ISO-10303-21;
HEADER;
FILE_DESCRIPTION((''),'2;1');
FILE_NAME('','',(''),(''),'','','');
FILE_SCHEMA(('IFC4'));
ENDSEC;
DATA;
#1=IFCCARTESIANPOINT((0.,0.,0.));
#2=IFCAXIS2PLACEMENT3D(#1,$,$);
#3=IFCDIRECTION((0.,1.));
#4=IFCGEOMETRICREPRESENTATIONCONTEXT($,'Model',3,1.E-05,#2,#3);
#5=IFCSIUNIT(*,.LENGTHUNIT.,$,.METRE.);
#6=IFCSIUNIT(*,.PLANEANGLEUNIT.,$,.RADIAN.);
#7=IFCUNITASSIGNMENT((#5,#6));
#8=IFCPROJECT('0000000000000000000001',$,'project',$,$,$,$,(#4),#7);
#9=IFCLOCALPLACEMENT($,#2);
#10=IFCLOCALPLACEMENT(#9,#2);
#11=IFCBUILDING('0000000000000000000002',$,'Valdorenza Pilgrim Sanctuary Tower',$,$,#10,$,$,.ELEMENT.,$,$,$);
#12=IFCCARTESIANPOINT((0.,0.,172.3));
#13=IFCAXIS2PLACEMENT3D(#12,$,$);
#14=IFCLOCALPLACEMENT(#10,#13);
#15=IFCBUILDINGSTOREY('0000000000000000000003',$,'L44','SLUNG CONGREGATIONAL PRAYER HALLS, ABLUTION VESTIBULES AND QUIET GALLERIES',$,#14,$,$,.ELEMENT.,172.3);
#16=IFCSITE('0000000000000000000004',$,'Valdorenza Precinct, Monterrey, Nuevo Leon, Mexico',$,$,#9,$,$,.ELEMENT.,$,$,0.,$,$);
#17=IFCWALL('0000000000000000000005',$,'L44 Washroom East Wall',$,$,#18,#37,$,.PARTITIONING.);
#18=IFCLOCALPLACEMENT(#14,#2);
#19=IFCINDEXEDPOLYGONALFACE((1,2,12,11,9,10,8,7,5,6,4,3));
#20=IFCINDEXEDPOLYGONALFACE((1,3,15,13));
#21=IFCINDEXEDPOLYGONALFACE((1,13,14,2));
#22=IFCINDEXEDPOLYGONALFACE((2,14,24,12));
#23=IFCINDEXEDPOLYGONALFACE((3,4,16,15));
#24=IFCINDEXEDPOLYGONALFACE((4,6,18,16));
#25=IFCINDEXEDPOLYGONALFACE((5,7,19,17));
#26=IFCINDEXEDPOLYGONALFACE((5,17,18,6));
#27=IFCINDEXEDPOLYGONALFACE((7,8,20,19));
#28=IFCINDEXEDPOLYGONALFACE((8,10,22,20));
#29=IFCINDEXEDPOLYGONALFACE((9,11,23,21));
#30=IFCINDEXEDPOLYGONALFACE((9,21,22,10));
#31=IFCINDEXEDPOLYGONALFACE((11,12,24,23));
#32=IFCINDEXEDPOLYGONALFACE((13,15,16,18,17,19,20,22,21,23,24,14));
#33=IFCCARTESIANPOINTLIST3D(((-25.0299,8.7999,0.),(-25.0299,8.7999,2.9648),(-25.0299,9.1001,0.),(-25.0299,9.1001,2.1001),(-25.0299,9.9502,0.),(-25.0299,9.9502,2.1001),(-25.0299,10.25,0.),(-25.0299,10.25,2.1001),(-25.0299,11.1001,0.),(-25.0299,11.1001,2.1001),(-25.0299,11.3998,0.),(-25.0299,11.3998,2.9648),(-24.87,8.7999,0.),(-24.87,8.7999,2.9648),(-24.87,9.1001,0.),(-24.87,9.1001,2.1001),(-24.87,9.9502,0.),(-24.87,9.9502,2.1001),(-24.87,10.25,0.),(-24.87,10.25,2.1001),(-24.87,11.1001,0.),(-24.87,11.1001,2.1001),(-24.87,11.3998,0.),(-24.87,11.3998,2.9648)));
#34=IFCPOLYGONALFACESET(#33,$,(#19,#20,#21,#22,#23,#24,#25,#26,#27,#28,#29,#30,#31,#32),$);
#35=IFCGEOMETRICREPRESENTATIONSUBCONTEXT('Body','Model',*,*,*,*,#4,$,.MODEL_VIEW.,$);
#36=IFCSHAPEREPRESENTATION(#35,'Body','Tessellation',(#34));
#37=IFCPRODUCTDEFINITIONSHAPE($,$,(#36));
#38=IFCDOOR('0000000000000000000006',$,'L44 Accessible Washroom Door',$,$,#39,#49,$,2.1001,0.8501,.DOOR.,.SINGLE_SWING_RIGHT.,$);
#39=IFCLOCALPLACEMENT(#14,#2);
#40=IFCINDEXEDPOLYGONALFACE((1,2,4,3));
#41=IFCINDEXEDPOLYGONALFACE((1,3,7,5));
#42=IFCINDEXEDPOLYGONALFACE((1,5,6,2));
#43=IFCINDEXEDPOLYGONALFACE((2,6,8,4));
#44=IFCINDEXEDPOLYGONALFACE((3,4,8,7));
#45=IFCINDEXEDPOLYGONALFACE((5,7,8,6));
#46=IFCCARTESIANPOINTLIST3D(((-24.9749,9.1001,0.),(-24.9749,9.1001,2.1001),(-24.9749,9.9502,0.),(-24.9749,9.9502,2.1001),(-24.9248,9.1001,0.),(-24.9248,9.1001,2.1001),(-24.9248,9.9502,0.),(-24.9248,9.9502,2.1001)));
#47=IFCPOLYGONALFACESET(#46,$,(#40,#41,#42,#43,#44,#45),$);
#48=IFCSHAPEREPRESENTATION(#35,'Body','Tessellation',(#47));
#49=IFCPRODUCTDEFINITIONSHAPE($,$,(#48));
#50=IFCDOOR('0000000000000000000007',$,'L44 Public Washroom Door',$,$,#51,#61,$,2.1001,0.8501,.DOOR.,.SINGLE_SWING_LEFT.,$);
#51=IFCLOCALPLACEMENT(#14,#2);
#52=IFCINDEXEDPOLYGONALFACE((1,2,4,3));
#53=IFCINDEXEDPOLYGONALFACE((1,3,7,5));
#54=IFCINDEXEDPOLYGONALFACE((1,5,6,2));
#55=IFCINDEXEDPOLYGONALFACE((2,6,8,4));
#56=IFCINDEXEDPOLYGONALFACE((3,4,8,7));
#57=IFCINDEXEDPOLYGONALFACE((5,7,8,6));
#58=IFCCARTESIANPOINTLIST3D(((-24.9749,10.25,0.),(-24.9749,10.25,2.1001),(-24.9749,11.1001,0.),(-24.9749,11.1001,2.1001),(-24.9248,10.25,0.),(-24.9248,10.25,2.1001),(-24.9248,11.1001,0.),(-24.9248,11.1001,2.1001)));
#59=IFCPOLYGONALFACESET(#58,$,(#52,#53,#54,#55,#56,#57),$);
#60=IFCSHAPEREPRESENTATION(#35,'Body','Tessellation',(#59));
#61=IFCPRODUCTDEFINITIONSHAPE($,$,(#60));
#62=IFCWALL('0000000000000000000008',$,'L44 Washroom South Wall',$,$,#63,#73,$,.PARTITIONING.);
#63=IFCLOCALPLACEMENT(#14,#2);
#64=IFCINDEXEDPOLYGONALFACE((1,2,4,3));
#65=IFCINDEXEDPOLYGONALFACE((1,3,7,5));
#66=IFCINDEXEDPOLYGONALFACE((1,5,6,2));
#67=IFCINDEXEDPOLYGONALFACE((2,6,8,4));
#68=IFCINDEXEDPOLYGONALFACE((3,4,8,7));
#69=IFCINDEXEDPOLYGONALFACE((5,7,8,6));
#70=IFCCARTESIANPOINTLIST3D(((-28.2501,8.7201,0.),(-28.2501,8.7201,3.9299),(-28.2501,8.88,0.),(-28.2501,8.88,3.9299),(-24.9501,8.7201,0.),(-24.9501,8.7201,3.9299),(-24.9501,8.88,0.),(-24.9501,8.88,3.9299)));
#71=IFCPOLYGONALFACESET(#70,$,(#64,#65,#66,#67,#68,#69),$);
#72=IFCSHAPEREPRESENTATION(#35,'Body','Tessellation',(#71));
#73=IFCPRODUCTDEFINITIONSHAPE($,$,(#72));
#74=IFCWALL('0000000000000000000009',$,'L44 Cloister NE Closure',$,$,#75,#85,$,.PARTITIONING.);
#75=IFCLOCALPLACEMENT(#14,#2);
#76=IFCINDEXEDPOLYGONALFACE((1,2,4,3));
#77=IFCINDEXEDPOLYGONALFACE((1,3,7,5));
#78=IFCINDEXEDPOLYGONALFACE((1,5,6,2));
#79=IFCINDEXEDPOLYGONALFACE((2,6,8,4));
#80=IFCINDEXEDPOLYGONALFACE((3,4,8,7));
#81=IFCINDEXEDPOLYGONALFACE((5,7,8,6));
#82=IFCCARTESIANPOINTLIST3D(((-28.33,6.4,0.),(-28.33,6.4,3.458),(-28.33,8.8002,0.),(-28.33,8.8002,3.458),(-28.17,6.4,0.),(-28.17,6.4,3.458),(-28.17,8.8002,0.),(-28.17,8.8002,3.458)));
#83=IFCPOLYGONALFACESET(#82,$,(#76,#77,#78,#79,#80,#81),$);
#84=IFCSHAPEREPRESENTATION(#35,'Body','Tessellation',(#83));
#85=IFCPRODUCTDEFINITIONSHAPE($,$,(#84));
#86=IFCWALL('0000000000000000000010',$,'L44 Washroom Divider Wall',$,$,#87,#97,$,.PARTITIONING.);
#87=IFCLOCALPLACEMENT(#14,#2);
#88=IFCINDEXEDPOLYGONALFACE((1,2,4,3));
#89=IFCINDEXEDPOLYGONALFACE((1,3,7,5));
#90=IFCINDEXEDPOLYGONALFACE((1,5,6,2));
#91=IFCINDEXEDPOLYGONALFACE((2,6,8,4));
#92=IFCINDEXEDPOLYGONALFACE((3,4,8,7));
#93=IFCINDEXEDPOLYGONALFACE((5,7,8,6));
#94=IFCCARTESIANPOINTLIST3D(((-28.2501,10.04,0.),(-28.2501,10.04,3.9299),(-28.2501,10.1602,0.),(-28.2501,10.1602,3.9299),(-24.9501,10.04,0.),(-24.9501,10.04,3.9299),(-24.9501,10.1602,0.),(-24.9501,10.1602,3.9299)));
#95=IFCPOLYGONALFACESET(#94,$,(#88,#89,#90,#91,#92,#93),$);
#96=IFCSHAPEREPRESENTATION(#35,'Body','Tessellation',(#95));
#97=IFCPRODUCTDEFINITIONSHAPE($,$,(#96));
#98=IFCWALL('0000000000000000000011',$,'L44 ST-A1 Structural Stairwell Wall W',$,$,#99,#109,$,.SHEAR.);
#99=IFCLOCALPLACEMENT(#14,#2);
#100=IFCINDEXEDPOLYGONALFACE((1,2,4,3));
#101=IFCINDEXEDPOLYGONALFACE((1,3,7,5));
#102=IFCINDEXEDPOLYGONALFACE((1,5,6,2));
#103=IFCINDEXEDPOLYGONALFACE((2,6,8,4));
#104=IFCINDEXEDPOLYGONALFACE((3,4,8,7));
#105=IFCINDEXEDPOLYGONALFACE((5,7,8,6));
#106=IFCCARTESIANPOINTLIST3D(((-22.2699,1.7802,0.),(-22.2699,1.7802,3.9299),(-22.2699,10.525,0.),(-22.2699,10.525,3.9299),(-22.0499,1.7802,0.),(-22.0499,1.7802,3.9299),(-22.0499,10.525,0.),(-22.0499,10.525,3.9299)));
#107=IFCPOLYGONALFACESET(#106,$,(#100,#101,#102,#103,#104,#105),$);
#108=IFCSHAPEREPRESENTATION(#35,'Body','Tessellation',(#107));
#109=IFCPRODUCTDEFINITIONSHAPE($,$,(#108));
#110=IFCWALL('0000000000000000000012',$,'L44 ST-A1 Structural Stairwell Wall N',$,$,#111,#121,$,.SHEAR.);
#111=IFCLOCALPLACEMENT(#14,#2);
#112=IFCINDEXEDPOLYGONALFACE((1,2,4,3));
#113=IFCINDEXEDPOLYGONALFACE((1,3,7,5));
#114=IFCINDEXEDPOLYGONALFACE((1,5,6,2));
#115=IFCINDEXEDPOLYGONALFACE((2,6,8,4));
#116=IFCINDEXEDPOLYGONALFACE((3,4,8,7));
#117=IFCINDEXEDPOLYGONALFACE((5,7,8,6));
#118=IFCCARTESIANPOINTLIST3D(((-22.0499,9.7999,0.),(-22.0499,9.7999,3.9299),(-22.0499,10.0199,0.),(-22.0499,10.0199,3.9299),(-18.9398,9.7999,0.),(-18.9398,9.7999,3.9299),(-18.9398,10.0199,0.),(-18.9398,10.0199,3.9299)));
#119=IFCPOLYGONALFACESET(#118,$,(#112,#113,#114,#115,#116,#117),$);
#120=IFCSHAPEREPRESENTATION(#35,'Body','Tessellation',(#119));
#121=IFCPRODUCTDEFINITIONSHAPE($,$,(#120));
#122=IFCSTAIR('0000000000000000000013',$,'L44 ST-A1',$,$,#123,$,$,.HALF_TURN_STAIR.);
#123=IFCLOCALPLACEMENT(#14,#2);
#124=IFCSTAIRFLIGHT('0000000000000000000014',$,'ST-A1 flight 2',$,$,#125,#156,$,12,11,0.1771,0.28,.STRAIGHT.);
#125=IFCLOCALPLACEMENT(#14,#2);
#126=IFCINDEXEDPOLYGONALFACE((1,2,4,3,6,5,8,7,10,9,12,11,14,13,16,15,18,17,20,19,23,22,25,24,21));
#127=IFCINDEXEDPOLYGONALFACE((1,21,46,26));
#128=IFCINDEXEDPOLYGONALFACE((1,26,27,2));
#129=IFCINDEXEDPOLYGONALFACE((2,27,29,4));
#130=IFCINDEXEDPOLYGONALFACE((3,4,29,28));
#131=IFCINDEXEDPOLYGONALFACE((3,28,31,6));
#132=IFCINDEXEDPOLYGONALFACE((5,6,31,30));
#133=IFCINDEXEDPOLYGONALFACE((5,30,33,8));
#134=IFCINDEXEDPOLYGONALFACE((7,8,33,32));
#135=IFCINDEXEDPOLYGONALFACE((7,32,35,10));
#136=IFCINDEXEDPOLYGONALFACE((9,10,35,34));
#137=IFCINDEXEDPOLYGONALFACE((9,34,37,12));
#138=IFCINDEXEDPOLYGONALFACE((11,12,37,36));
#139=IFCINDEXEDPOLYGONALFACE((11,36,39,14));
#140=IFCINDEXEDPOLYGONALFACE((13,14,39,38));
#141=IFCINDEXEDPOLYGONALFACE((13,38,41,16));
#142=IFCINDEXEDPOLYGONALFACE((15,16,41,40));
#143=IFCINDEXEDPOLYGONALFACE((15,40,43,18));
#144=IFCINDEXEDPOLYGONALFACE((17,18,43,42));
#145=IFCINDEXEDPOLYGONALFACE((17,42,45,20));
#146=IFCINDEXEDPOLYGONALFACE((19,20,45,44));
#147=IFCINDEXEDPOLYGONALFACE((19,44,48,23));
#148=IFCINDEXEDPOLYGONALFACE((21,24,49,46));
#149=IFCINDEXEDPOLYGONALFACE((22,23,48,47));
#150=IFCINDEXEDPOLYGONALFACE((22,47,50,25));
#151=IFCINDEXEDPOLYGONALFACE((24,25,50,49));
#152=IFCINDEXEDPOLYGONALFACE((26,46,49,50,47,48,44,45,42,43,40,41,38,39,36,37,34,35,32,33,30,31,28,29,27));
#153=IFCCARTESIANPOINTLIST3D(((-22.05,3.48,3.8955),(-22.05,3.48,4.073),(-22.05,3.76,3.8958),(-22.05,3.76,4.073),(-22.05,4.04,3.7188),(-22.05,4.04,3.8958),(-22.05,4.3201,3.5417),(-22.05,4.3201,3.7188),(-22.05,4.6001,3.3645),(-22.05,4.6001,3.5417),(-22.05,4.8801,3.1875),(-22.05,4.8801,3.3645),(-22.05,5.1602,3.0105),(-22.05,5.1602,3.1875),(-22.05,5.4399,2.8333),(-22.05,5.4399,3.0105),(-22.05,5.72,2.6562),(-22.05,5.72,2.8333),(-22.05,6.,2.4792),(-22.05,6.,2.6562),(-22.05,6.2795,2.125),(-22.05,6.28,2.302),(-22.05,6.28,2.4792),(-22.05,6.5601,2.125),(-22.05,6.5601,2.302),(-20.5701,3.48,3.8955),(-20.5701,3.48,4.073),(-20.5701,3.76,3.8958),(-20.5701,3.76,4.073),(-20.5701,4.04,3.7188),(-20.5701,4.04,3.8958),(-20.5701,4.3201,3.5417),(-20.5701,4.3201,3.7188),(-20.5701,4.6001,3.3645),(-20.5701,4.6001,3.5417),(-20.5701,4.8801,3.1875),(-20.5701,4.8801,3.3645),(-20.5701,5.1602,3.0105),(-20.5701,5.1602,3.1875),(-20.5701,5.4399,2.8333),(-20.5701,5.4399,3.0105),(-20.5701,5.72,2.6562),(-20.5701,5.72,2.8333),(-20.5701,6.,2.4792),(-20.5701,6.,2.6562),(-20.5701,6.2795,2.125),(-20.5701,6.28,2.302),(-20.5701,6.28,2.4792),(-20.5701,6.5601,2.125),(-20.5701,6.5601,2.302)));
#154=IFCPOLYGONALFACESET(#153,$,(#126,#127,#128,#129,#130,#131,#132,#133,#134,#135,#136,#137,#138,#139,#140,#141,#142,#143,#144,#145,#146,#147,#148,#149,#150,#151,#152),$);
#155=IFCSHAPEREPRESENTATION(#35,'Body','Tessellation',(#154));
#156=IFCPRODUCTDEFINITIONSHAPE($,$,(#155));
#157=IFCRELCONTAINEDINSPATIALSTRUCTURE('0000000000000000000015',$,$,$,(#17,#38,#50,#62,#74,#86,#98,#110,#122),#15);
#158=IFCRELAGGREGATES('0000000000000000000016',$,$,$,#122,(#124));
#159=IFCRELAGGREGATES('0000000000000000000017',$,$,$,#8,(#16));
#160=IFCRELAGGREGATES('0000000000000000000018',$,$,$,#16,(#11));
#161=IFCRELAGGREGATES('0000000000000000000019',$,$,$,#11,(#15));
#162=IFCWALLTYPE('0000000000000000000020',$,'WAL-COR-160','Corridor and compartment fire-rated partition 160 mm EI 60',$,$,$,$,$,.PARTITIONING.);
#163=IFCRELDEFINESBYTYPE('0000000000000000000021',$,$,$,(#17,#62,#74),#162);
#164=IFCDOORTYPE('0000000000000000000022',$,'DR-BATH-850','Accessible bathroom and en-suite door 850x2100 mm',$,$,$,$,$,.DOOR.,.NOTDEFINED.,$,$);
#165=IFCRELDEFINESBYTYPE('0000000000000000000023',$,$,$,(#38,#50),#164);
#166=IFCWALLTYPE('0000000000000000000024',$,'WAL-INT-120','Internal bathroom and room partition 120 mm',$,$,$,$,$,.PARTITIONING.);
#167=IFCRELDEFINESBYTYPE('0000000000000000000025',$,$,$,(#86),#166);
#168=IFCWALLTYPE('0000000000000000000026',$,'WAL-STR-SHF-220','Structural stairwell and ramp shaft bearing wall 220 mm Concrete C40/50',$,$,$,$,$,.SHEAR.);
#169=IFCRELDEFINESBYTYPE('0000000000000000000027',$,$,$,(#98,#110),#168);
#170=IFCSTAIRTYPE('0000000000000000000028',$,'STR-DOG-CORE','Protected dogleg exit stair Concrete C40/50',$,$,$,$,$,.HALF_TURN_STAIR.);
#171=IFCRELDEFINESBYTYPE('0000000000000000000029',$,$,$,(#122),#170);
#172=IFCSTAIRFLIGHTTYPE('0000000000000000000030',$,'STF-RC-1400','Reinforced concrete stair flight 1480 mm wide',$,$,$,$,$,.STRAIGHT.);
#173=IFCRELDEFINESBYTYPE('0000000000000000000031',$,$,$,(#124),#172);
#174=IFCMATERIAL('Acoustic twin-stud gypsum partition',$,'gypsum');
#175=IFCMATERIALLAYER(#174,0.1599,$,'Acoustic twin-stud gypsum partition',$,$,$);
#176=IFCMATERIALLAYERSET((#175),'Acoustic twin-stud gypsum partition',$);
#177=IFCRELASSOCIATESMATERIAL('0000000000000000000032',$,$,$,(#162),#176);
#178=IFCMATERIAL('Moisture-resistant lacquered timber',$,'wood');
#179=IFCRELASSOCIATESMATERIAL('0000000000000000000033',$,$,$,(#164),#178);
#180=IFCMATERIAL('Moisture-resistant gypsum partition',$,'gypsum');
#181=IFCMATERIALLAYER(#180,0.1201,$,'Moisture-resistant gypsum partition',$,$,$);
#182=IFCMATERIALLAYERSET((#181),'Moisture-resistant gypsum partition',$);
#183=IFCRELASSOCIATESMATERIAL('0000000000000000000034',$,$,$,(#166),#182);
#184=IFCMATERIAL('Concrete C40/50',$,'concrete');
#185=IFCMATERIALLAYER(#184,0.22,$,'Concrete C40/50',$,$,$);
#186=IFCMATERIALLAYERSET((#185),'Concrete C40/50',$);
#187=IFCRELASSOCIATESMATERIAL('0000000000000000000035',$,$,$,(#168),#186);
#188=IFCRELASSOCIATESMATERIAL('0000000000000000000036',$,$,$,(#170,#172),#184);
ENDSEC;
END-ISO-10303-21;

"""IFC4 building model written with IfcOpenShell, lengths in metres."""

from ifc_helpers import new_model, si_unit, direction, frame, frame_2d, origin, place, context, subcontext, project, spatial, polyline, rectangle, outline, extrude, material, layer, layer_set, type_object, element, fill, aggregate, save


model = new_model("IFC4")

# Units and contexts
model_context = context("Model", 3, precision=1e-05, world=origin(), true_north=direction((0.0, 1.0)))
body_context = subcontext(model_context, "Body", "Model", "MODEL_VIEW")
ifc_project = project(units=[si_unit("LENGTHUNIT", "METRE"), si_unit("PLANEANGLEUNIT", "RADIAN")], contexts=[model_context])

# Site, building, storey
site_placement = place(None, origin())
site = spatial("IfcSite", under=ifc_project, at=site_placement, Name="Valdorenza Precinct, Monterrey, Nuevo Leon, Mexico", CompositionType="ELEMENT", RefElevation=0.0)
building_placement = place(site_placement, origin())
building = spatial("IfcBuilding", under=site, at=building_placement, Name="Valdorenza Pilgrim Sanctuary Tower", CompositionType="ELEMENT")
storey_placement = place(building_placement, frame((0.0, 0.0, 172.3)))
storey = spatial("IfcBuildingStorey", under=building, at=storey_placement, Name="L44", Description="SLUNG CONGREGATIONAL PRAYER HALLS, ABLUTION VESTIBULES AND QUIET GALLERIES", CompositionType="ELEMENT", Elevation=172.3)

# Shared definitions
ifc_material_1 = material(Name="Acoustic twin-stud gypsum partition", Category="gypsum")
ifc_layer_1 = layer(ifc_material_1, 0.1599, Name="Acoustic twin-stud gypsum partition")
ifc_layer_set_1 = layer_set([ifc_layer_1], Name="Acoustic twin-stud gypsum partition")
wall_type_1 = type_object("IfcWallType", Name="WAL-COR-160", Description="Corridor and compartment fire-rated partition 160 mm EI 60", PredefinedType="PARTITIONING", material=ifc_layer_set_1)

# Wall, openings, doors
wall_1_placement = place(storey_placement, frame((-24.95, 8.8, 0.0), z_axis=(0.0, 0.0, 1.0), x_axis=(0.0, 1.0, 0.0)))
wall_1 = element("IfcWall", 1, at=wall_1_placement, inside=storey, type_object=wall_type_1, Name="L44 Washroom East Wall", PredefinedType="PARTITIONING", context=body_context, shape_type="SweptSolid", body=[
    extrude(rectangle(XDim=2.5999, YDim=0.1599, at=frame_2d((1.2998, 0.0))), origin(), (0.0, 0.0, 1.0), 2.9648),
])
opening_1_placement = place(wall_1_placement, frame((0.3, 0.0, 0.0)))
opening_1 = element("IfcOpeningElement", 2, at=opening_1_placement, cuts=wall_1, PredefinedType="OPENING", context=body_context, shape_type="SweptSolid", body=[
    extrude(rectangle(XDim=0.8501, YDim=2.1001, at=frame_2d((0.425, 1.05))), frame((0.0, 0.0947, 0.0), z_axis=(0.0, -1.0, 0.0), x_axis=(1.0, 0.0, 0.0)), (0.0, 0.0, 1.0), 0.1897),
])
opening_2_placement = place(wall_1_placement, frame((1.45, 0.0, 0.0)))
opening_2 = element("IfcOpeningElement", 3, at=opening_2_placement, cuts=wall_1, PredefinedType="OPENING", context=body_context, shape_type="SweptSolid", body=[
    extrude(rectangle(XDim=0.8501, YDim=2.1001, at=frame_2d((0.425, 1.05))), frame((0.0, 0.0947, 0.0), z_axis=(0.0, -1.0, 0.0), x_axis=(1.0, 0.0, 0.0)), (0.0, 0.0, 1.0), 0.1897),
])
ifc_material_2 = material(Name="Moisture-resistant lacquered timber", Category="wood")
door_type_1 = type_object("IfcDoorType", Name="DR-BATH-850", Description="Accessible bathroom and en-suite door 850x2100 mm", OperationType="NOTDEFINED", PredefinedType="DOOR", material=ifc_material_2)
door_1_placement = place(opening_1_placement, origin())
door_1 = element("IfcDoor", 4, at=door_1_placement, inside=storey, type_object=door_type_1, Name="L44 Accessible Washroom Door", OperationType="SINGLE_SWING_RIGHT", OverallHeight=2.1001, OverallWidth=0.8501, PredefinedType="DOOR", context=body_context, shape_type="SweptSolid", body=[
    extrude(rectangle(XDim=0.8501, YDim=2.1001, at=frame_2d((0.425, 1.05))), frame((0.0, 0.0249, 0.0), z_axis=(0.0, -1.0, 0.0), x_axis=(1.0, 0.0, 0.0)), (0.0, 0.0, 1.0), 0.05),
])
fill(opening_1, door_1)
door_2_placement = place(opening_2_placement, origin())
door_2 = element("IfcDoor", 5, at=door_2_placement, inside=storey, type_object=door_type_1, Name="L44 Public Washroom Door", OperationType="SINGLE_SWING_LEFT", OverallHeight=2.1001, OverallWidth=0.8501, PredefinedType="DOOR", context=body_context, shape_type="SweptSolid", body=[
    extrude(rectangle(XDim=0.8501, YDim=2.1001, at=frame_2d((0.425, 1.05))), frame((0.0, 0.0249, 0.0), z_axis=(0.0, -1.0, 0.0), x_axis=(1.0, 0.0, 0.0)), (0.0, 0.0, 1.0), 0.05),
])
fill(opening_2, door_2)

# Walls
wall_2_placement = place(storey_placement, frame((-28.25, 8.8, 0.0), z_axis=(0.0, 0.0, 1.0), x_axis=(1.0, 0.0, 0.0)))
element("IfcWall", 6, at=wall_2_placement, inside=storey, type_object=wall_type_1, Name="L44 Washroom South Wall", PredefinedType="PARTITIONING", context=body_context, shape_type="SweptSolid", body=[
    extrude(rectangle(XDim=3.3, YDim=0.1599, at=frame_2d((1.6499, 0.0))), origin(), (0.0, 0.0, 1.0), 3.9299),
])
wall_3_placement = place(storey_placement, frame((-28.25, 6.3999, 0.0), z_axis=(0.0, 0.0, 1.0), x_axis=(0.0, 1.0, 0.0)))
element("IfcWall", 7, at=wall_3_placement, inside=storey, type_object=wall_type_1, Name="L44 Cloister NE Closure", PredefinedType="PARTITIONING", context=body_context, shape_type="SweptSolid", body=[
    extrude(rectangle(XDim=2.4001, YDim=0.1599, at=frame_2d((1.2002, 0.0))), origin(), (0.0, 0.0, 1.0), 3.458),
])
ifc_material_3 = material(Name="Moisture-resistant gypsum partition", Category="gypsum")
ifc_layer_2 = layer(ifc_material_3, 0.1201, Name="Moisture-resistant gypsum partition")
ifc_layer_set_2 = layer_set([ifc_layer_2], Name="Moisture-resistant gypsum partition")
wall_type_2 = type_object("IfcWallType", Name="WAL-INT-120", Description="Internal bathroom and room partition 120 mm", PredefinedType="PARTITIONING", material=ifc_layer_set_2)
wall_4_placement = place(storey_placement, frame((-28.25, 10.1001, 0.0), z_axis=(0.0, 0.0, 1.0), x_axis=(1.0, 0.0, 0.0)))
element("IfcWall", 8, at=wall_4_placement, inside=storey, type_object=wall_type_2, Name="L44 Washroom Divider Wall", PredefinedType="PARTITIONING", context=body_context, shape_type="SweptSolid", body=[
    extrude(rectangle(XDim=3.3, YDim=0.1201, at=frame_2d((1.6499, 0.0))), origin(), (0.0, 0.0, 1.0), 3.9299),
])
ifc_material_4 = material(Name="Concrete C40/50", Category="concrete")
ifc_layer_3 = layer(ifc_material_4, 0.22, Name="Concrete C40/50")
ifc_layer_set_3 = layer_set([ifc_layer_3], Name="Concrete C40/50")
wall_type_3 = type_object("IfcWallType", Name="WAL-STR-SHF-220", Description="Structural stairwell and ramp shaft bearing wall 220 mm Concrete C40/50", PredefinedType="SHEAR", material=ifc_layer_set_3)
wall_5_placement = place(storey_placement, frame((-22.1599, 1.78, 0.0), z_axis=(0.0, 0.0, 1.0), x_axis=(0.0, 1.0, 0.0)))
element("IfcWall", 9, at=wall_5_placement, inside=storey, type_object=wall_type_3, Name="L44 ST-A1 Structural Stairwell Wall W", PredefinedType="SHEAR", context=body_context, shape_type="SweptSolid", body=[
    extrude(rectangle(XDim=8.7449, YDim=0.22, at=frame_2d((4.3726, 0.0))), origin(), (0.0, 0.0, 1.0), 3.9299),
])

# Wall
wall_6_placement = place(storey_placement, frame((-22.05, 9.9099, 0.0), z_axis=(0.0, 0.0, 1.0), x_axis=(1.0, 0.0, 0.0)))
element("IfcWall", 10, at=wall_6_placement, inside=storey, type_object=wall_type_3, Name="L44 ST-A1 Structural Stairwell Wall N", PredefinedType="SHEAR", context=body_context, shape_type="SweptSolid", body=[
    extrude(rectangle(XDim=3.1101, YDim=0.22, at=frame_2d((1.5552, 0.0))), origin(), (0.0, 0.0, 1.0), 3.9299),
])

# Stair, stair flight
stair_type = type_object("IfcStairType", Name="STR-DOG-CORE", Description="Protected dogleg exit stair Concrete C40/50", PredefinedType="HALF_TURN_STAIR", material=ifc_material_4)
stair_placement = place(storey_placement, origin())
stair = element("IfcStair", 11, at=stair_placement, inside=storey, type_object=stair_type, Name="L44 ST-A1", PredefinedType="HALF_TURN_STAIR")
stair_flight_type = type_object("IfcStairFlightType", Name="STF-RC-1400", Description="Reinforced concrete stair flight 1480 mm wide", PredefinedType="STRAIGHT", material=ifc_material_4)
stair_flight_placement = place(storey_placement, frame((-21.3101, 6.5601, 2.125), z_axis=(0.0, 0.0, 1.0), x_axis=(0.0, -1.0, 0.0)))
stair_flight = element("IfcStairFlight", 12, at=stair_flight_placement, type_object=stair_flight_type, Name="ST-A1 flight 2", NumberOfRisers=12, NumberOfTreads=11, PredefinedType="STRAIGHT", RiserHeight=0.1771, TreadLength=0.28, context=body_context, shape_type="SweptSolid", body=[
    extrude(outline(polyline([(0.0, 0.0), (0.0, 0.177), (0.28, 0.177), (0.28, 0.3542), (0.5601, 0.3542), (0.5601, 0.5312), (0.8401, 0.5312), (0.8401, 0.7083), (1.1201, 0.7083), (1.1201, 0.8855), (1.3999, 0.8855), (1.3999, 1.0625), (1.6799, 1.0625), (1.6799, 1.2395), (1.96, 1.2395), (1.96, 1.4167), (2.24, 1.4167), (2.24, 1.5938), (2.52, 1.5938), (2.52, 1.7708), (2.8, 1.7708), (2.8, 1.948), (3.0801, 1.948), (3.0801, 2.125), (3.0801, 1.7705), (0.2805, 0.0), (0.0, 0.0)])), frame((0.0, 0.74, 0.0), z_axis=(0.0, -1.0, 0.0), x_axis=(1.0, 0.0, 0.0)), (0.0, 0.0, 1.0), 1.48),
])
aggregate(stair, [stair_flight])

save(model, "model.ifc")
